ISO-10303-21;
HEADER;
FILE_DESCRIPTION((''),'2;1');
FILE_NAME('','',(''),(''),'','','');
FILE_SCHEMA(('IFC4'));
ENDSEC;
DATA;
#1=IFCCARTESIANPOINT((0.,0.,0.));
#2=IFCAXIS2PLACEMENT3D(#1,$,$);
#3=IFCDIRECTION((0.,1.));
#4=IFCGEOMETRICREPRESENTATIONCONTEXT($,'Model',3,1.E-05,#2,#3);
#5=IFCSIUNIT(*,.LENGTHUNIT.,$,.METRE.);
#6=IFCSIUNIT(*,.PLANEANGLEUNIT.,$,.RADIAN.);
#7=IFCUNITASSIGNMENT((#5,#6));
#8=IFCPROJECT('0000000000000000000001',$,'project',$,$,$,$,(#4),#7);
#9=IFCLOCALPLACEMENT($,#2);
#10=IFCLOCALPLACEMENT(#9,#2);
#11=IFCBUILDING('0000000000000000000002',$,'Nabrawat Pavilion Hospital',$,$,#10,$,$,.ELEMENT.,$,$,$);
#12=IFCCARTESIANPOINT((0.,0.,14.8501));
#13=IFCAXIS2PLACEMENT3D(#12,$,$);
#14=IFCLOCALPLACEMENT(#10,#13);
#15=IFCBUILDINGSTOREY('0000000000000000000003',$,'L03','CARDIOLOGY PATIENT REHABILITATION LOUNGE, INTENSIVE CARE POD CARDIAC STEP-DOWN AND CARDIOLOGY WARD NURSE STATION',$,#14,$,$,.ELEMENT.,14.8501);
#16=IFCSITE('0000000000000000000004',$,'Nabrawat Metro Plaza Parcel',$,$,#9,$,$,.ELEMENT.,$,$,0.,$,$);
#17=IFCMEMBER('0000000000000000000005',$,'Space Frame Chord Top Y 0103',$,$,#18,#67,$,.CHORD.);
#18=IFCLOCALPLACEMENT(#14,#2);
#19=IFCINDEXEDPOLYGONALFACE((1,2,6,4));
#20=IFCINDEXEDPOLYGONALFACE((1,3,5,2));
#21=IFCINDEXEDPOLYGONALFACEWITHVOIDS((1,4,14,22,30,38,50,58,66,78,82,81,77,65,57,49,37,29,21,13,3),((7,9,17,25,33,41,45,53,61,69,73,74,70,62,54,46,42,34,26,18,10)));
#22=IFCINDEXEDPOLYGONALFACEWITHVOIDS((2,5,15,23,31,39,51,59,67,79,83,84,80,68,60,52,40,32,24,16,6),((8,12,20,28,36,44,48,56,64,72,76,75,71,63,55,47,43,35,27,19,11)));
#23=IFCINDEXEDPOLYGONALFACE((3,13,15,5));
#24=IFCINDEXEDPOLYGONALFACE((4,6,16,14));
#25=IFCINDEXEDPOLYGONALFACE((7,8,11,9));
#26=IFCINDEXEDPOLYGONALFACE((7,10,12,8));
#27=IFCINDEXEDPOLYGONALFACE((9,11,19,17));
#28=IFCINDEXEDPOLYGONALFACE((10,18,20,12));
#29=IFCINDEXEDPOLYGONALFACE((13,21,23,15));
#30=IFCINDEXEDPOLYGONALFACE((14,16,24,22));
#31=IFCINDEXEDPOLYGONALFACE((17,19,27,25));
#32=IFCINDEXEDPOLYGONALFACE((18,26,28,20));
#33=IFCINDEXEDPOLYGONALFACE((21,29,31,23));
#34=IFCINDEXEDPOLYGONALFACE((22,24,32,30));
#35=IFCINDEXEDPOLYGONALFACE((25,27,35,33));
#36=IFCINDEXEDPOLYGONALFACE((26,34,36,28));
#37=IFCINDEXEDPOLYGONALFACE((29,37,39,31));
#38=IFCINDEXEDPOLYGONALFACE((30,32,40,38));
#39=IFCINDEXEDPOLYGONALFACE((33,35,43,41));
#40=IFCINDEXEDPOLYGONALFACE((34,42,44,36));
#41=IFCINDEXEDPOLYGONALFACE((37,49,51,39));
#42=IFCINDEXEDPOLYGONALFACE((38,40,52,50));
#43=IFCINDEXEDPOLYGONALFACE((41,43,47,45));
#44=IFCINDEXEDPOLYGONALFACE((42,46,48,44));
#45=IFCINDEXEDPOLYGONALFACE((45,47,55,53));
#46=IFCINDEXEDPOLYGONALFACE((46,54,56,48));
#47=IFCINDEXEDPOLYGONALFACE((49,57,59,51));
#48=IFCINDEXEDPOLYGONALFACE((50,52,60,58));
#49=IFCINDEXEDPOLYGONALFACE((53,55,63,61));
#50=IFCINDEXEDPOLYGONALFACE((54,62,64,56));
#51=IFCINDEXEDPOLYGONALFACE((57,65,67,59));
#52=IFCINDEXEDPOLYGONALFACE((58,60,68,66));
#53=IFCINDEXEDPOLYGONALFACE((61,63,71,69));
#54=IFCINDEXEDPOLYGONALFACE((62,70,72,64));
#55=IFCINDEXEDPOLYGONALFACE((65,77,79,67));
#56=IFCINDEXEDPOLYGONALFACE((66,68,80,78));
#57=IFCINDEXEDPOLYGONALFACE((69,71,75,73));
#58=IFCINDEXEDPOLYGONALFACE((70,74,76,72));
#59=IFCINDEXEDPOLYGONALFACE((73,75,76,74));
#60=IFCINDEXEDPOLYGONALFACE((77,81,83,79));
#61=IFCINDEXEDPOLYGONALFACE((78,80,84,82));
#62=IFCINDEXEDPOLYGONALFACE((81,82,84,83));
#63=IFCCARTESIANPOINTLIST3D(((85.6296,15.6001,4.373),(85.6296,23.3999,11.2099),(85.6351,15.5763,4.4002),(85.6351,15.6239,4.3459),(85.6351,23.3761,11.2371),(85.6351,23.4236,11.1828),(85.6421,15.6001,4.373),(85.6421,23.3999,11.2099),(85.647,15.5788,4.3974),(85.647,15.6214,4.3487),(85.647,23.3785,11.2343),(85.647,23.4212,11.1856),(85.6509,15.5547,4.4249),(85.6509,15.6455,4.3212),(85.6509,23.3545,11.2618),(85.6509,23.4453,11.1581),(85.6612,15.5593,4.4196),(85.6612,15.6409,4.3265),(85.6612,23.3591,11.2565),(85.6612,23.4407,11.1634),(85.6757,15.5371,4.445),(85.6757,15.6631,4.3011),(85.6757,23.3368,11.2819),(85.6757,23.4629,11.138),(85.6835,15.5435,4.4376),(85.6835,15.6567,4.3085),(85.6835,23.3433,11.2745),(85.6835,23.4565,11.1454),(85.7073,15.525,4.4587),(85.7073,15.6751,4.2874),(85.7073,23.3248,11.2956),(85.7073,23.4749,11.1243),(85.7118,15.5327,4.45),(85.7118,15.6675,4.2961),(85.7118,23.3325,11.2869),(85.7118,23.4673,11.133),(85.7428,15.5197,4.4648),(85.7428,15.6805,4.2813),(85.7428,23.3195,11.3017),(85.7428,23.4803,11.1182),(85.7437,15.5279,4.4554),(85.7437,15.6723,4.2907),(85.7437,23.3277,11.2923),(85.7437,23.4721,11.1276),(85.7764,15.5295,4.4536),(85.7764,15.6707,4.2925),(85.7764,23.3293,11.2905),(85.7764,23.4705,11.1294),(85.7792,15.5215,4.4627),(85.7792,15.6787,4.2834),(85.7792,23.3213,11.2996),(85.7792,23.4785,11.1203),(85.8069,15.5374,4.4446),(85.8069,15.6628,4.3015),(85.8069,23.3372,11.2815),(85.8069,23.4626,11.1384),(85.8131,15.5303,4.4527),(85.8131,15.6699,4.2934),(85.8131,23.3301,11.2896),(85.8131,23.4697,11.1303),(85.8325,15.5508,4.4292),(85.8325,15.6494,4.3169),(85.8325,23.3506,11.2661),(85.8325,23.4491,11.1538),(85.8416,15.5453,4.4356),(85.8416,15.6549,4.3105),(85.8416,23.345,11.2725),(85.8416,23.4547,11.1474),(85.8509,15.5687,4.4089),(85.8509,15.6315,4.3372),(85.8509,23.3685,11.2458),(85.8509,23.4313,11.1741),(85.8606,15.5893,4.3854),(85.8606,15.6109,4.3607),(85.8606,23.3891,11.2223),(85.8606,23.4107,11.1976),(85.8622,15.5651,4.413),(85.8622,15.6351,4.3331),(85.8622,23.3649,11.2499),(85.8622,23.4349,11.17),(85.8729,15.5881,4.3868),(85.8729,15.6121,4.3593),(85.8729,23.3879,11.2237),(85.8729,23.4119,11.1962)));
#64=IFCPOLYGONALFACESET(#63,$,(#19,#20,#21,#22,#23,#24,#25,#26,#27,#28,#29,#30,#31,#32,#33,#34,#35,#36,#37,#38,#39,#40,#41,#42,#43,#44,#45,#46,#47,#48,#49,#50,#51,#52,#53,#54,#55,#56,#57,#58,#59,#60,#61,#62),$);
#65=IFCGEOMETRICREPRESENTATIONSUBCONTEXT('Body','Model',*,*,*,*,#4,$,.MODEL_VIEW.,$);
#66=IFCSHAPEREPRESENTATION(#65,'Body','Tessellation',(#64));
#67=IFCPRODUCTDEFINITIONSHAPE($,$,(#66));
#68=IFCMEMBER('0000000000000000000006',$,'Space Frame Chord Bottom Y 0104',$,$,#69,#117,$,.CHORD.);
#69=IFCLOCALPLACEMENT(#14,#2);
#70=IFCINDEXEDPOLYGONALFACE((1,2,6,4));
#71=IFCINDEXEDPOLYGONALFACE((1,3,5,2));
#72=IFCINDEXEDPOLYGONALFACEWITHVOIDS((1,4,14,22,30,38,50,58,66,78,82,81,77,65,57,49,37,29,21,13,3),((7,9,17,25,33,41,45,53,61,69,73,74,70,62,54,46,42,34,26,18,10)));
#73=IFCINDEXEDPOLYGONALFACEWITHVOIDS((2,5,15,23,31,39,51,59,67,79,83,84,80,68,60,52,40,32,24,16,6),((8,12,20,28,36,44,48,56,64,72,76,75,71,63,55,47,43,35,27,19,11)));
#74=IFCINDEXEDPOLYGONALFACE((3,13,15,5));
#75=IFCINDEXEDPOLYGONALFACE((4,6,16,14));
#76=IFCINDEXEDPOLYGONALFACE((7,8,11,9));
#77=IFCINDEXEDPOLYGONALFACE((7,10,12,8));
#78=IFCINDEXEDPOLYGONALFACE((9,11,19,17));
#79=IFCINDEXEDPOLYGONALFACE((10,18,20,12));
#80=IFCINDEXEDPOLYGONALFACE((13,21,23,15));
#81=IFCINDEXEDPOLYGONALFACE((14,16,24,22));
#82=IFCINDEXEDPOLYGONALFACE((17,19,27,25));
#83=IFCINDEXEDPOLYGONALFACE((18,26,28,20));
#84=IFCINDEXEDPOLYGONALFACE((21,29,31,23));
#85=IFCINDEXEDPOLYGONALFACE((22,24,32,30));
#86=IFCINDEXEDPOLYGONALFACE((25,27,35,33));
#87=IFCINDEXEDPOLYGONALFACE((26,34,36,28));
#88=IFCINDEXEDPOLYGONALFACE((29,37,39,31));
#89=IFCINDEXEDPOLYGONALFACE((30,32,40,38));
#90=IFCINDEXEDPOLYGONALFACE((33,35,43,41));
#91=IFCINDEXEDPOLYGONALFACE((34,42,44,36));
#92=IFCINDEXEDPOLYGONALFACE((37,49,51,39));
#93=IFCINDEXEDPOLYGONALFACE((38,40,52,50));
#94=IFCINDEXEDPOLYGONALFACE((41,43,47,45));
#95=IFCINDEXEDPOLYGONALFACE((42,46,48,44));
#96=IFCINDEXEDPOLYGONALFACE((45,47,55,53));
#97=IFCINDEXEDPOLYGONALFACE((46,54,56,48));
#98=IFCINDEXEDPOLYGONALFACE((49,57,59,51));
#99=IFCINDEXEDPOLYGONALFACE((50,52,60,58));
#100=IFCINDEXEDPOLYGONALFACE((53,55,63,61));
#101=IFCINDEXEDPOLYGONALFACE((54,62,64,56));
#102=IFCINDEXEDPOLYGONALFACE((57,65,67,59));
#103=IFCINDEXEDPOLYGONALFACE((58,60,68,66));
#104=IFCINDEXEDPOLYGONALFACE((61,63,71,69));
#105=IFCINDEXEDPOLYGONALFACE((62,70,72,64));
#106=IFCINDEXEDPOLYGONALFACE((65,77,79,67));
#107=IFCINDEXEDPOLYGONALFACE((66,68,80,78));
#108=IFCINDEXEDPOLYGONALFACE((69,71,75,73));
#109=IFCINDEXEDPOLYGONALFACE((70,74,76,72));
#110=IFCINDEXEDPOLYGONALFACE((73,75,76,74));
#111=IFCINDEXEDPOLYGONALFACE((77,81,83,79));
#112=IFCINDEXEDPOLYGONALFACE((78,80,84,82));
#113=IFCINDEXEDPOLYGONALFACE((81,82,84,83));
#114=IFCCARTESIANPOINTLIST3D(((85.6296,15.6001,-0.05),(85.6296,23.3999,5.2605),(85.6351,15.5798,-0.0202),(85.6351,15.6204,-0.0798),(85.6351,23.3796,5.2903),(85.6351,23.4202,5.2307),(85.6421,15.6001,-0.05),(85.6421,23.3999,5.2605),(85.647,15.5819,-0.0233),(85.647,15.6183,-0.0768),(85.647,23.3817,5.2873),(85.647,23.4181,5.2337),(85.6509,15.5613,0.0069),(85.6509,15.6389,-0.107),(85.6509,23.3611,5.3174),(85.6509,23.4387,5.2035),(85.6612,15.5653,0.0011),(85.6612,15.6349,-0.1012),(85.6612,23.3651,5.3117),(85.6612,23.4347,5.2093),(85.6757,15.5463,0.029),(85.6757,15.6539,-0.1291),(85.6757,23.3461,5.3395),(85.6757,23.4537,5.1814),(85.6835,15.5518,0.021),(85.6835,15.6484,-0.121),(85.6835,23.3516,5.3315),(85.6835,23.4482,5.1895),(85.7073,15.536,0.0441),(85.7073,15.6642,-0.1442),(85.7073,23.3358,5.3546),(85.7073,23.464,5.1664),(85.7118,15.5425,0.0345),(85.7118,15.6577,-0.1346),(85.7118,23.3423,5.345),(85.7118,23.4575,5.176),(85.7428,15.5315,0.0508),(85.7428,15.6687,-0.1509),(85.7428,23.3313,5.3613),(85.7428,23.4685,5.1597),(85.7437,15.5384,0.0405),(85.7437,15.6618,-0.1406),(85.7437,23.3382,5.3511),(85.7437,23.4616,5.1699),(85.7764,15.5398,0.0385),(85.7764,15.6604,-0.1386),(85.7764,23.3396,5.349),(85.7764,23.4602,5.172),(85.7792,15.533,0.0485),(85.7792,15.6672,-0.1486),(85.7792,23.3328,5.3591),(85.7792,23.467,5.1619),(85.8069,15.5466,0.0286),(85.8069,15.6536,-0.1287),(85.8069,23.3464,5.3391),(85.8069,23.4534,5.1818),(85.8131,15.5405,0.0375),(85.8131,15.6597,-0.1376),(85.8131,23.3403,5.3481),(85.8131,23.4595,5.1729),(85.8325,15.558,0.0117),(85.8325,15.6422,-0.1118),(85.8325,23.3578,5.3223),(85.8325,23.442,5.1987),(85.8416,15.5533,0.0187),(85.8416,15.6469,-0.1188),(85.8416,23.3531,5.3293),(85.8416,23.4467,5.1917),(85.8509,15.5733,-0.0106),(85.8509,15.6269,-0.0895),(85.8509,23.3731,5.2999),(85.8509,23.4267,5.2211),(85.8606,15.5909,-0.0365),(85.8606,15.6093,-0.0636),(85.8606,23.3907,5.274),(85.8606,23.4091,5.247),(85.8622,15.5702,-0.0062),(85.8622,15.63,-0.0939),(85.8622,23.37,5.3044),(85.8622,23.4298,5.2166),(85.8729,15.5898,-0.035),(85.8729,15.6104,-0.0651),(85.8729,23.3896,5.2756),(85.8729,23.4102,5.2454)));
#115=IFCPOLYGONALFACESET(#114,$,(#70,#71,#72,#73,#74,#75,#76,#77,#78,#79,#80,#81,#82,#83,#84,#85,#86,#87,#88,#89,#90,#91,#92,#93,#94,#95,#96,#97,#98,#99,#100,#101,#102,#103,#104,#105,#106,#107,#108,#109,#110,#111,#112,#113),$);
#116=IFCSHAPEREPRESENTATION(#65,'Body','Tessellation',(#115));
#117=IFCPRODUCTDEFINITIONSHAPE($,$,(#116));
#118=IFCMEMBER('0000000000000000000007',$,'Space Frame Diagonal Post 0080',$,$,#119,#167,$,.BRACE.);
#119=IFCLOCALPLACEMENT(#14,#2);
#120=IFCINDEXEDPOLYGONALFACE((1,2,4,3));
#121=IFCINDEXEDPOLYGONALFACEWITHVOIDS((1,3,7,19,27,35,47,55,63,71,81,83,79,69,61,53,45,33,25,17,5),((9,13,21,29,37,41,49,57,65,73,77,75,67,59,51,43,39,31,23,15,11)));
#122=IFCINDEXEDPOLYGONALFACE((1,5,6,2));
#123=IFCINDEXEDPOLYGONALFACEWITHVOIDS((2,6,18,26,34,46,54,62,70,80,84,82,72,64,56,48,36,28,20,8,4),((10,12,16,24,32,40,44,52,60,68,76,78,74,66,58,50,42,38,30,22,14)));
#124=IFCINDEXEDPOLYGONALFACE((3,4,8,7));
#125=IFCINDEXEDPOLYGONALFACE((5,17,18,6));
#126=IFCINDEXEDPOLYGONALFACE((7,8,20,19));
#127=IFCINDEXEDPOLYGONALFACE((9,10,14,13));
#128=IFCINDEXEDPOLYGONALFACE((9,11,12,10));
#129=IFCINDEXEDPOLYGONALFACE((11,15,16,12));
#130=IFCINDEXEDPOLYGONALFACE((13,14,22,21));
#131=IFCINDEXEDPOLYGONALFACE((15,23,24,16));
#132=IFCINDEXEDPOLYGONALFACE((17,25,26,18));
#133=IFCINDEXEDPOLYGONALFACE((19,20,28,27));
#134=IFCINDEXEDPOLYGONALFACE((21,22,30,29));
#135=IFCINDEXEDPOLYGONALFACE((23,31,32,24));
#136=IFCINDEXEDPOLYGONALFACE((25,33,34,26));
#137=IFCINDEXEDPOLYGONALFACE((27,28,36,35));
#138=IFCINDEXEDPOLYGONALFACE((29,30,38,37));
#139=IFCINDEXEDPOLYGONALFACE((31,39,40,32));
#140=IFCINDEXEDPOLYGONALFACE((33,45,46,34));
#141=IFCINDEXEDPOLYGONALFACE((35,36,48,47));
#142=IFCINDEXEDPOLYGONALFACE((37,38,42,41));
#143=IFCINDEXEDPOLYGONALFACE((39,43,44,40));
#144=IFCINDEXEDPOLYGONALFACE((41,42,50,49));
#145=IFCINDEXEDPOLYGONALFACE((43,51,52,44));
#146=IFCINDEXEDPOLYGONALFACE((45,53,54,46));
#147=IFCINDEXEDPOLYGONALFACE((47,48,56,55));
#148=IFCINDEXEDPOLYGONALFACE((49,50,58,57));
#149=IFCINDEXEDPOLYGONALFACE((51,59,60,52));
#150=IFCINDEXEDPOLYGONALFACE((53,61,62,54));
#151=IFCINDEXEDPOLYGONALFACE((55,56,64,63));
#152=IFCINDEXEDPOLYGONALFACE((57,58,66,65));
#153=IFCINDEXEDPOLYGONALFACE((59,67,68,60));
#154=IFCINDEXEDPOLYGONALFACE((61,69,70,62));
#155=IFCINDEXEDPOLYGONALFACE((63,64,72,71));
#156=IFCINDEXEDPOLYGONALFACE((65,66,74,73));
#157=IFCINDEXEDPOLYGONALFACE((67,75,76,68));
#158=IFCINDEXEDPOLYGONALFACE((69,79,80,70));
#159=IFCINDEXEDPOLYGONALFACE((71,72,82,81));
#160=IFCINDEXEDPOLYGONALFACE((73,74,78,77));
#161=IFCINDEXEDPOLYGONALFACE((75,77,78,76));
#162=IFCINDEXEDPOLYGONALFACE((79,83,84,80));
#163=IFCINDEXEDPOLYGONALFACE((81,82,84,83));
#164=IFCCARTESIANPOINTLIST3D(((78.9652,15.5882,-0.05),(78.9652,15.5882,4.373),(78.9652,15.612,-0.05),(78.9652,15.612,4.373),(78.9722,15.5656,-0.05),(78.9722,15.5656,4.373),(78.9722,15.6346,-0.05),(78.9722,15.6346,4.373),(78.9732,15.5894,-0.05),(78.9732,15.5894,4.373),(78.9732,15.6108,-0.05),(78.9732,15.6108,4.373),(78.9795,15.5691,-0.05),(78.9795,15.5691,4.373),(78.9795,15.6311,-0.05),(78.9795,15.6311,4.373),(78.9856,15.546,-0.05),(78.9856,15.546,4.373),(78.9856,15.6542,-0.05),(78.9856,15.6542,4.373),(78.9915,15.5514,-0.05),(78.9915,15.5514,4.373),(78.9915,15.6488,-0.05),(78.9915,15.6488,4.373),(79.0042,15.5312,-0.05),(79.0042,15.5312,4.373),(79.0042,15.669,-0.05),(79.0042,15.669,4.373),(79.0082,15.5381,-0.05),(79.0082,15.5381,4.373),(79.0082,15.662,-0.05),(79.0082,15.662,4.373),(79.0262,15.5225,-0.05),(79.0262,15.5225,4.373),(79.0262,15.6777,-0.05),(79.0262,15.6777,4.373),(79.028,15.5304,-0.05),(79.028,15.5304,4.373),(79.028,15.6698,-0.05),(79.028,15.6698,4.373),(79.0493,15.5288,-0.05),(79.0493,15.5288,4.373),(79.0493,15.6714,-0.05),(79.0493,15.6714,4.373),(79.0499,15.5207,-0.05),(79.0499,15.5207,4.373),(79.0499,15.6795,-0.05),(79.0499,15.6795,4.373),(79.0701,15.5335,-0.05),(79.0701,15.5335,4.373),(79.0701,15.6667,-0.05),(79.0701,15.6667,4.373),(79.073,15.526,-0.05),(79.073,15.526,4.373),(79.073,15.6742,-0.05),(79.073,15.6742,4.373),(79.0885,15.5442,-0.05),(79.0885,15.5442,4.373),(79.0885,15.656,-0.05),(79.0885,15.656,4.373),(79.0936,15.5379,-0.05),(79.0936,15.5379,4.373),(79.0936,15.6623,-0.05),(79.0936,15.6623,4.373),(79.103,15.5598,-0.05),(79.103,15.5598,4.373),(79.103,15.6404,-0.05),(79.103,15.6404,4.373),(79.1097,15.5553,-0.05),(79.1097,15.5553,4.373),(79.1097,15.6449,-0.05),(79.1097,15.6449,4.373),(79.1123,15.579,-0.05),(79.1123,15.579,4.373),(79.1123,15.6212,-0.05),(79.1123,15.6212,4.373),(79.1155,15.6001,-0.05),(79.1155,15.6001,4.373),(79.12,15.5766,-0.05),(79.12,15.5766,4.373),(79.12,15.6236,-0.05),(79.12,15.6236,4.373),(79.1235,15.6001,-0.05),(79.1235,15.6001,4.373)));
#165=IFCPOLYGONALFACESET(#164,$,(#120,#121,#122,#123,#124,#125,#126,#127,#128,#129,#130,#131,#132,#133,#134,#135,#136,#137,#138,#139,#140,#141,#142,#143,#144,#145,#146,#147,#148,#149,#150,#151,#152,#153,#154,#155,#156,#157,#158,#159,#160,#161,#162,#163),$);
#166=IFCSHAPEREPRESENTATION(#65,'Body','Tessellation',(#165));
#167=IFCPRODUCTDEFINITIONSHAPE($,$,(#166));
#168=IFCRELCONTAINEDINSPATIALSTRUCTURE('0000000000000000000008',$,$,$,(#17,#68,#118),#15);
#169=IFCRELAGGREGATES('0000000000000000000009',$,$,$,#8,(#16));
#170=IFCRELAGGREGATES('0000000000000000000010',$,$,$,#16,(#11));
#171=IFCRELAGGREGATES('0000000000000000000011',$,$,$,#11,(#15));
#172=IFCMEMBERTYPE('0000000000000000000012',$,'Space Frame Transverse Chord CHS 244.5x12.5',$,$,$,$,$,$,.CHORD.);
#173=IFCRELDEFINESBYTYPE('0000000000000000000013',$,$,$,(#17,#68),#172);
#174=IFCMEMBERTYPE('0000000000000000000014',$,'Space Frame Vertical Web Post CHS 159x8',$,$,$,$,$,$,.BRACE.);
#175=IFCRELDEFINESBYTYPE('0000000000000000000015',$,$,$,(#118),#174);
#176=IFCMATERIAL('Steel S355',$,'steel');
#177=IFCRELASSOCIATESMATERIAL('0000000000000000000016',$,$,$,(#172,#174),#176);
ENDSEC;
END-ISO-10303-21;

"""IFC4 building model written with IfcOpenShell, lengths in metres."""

from ifc_helpers import new_model, si_unit, direction, frame, origin, origin_2d, place, context, subcontext, project, spatial, hollow_circle, extrude, material, material_profile, profile_set, type_object, element, save


model = new_model("IFC4")

# Units and contexts
model_context = context("Model", 3, precision=1e-05, world=origin(), true_north=direction((0.0, 1.0)))
body_context = subcontext(model_context, "Body", "Model", "MODEL_VIEW")
ifc_project = project(units=[si_unit("LENGTHUNIT", "METRE"), si_unit("PLANEANGLEUNIT", "RADIAN")], contexts=[model_context])

# Site, building, storey
site_placement = place(None, origin())
site = spatial("IfcSite", under=ifc_project, at=site_placement, Name="Nabrawat Metro Plaza Parcel", CompositionType="ELEMENT", RefElevation=0.0)
building_placement = place(site_placement, origin())
building = spatial("IfcBuilding", under=site, at=building_placement, Name="Nabrawat Pavilion Hospital", CompositionType="ELEMENT")
storey_placement = place(building_placement, frame((0.0, 0.0, 14.8501)))
storey = spatial("IfcBuildingStorey", under=building, at=storey_placement, Name="L03", Description="CARDIOLOGY PATIENT REHABILITATION LOUNGE, INTENSIVE CARE POD CARDIAC STEP-DOWN AND CARDIOLOGY WARD NURSE STATION", CompositionType="ELEMENT", Elevation=14.8501)

# Shared definitions
ifc_material = material(Name="Steel S355", Category="steel")

# Members
ifc_material_profile_1 = material_profile(ifc_material, hollow_circle(Radius=0.1223, WallThickness=0.0125, at=origin_2d()), Name="CHS 244.5x12.5")
ifc_profile_set_1 = profile_set([ifc_material_profile_1], Name="Steel S355")
member_type_1 = type_object("IfcMemberType", Name="Space Frame Transverse Chord CHS 244.5x12.5", PredefinedType="CHORD", material=ifc_profile_set_1)
member_1_placement = place(storey_placement, frame((85.752, 15.6001, 4.373), z_axis=(0.0, 0.751999, 0.659164), x_axis=(-1.0, 0.0, 0.0)))
element("IfcMember", 1, at=member_1_placement, inside=storey, type_object=member_type_1, Name="Space Frame Chord Top Y 0103", PredefinedType="CHORD", context=body_context, shape_type="SweptSolid", body=[
    extrude(hollow_circle(Radius=0.1223, WallThickness=0.0125, at=origin_2d()), origin(), (0.0, 0.0, 1.0), 10.3721),
])
member_2_placement = place(storey_placement, frame((85.752, 15.6001, -0.05), z_axis=(0.0, 0.826597, 0.562794), x_axis=(-1.0, 0.0, 0.0)))
element("IfcMember", 2, at=member_2_placement, inside=storey, type_object=member_type_1, Name="Space Frame Chord Bottom Y 0104", PredefinedType="CHORD", context=body_context, shape_type="SweptSolid", body=[
    extrude(hollow_circle(Radius=0.1223, WallThickness=0.0125, at=origin_2d()), origin(), (0.0, 0.0, 1.0), 9.436),
])
ifc_material_profile_2 = material_profile(ifc_material, hollow_circle(Radius=0.0796, WallThickness=0.0081, at=origin_2d()), Name="CHS 159x8")
ifc_profile_set_2 = profile_set([ifc_material_profile_2], Name="Steel S355")
member_type_2 = type_object("IfcMemberType", Name="Space Frame Vertical Web Post CHS 159x8", PredefinedType="BRACE", material=ifc_profile_set_2)
for number, where, z_axis, x_axis, name in (
    (3, (79.0439, 15.6001, -0.05), (0.0, 0.0, 1.0), (1.0, 0.0, 0.0), "Space Frame Diagonal Post 0080"),
):
    element("IfcMember", number, at=place(storey_placement, frame(where, z_axis=z_axis, x_axis=x_axis)), inside=storey, type_object=member_type_2, Name=name, PredefinedType="BRACE", context=body_context, shape_type="SweptSolid", body=[
        extrude(hollow_circle(Radius=0.0796, WallThickness=0.0081, at=origin_2d()), origin(), (0.0, 0.0, 1.0), 4.4231),
    ])

save(model, "model.ifc")
